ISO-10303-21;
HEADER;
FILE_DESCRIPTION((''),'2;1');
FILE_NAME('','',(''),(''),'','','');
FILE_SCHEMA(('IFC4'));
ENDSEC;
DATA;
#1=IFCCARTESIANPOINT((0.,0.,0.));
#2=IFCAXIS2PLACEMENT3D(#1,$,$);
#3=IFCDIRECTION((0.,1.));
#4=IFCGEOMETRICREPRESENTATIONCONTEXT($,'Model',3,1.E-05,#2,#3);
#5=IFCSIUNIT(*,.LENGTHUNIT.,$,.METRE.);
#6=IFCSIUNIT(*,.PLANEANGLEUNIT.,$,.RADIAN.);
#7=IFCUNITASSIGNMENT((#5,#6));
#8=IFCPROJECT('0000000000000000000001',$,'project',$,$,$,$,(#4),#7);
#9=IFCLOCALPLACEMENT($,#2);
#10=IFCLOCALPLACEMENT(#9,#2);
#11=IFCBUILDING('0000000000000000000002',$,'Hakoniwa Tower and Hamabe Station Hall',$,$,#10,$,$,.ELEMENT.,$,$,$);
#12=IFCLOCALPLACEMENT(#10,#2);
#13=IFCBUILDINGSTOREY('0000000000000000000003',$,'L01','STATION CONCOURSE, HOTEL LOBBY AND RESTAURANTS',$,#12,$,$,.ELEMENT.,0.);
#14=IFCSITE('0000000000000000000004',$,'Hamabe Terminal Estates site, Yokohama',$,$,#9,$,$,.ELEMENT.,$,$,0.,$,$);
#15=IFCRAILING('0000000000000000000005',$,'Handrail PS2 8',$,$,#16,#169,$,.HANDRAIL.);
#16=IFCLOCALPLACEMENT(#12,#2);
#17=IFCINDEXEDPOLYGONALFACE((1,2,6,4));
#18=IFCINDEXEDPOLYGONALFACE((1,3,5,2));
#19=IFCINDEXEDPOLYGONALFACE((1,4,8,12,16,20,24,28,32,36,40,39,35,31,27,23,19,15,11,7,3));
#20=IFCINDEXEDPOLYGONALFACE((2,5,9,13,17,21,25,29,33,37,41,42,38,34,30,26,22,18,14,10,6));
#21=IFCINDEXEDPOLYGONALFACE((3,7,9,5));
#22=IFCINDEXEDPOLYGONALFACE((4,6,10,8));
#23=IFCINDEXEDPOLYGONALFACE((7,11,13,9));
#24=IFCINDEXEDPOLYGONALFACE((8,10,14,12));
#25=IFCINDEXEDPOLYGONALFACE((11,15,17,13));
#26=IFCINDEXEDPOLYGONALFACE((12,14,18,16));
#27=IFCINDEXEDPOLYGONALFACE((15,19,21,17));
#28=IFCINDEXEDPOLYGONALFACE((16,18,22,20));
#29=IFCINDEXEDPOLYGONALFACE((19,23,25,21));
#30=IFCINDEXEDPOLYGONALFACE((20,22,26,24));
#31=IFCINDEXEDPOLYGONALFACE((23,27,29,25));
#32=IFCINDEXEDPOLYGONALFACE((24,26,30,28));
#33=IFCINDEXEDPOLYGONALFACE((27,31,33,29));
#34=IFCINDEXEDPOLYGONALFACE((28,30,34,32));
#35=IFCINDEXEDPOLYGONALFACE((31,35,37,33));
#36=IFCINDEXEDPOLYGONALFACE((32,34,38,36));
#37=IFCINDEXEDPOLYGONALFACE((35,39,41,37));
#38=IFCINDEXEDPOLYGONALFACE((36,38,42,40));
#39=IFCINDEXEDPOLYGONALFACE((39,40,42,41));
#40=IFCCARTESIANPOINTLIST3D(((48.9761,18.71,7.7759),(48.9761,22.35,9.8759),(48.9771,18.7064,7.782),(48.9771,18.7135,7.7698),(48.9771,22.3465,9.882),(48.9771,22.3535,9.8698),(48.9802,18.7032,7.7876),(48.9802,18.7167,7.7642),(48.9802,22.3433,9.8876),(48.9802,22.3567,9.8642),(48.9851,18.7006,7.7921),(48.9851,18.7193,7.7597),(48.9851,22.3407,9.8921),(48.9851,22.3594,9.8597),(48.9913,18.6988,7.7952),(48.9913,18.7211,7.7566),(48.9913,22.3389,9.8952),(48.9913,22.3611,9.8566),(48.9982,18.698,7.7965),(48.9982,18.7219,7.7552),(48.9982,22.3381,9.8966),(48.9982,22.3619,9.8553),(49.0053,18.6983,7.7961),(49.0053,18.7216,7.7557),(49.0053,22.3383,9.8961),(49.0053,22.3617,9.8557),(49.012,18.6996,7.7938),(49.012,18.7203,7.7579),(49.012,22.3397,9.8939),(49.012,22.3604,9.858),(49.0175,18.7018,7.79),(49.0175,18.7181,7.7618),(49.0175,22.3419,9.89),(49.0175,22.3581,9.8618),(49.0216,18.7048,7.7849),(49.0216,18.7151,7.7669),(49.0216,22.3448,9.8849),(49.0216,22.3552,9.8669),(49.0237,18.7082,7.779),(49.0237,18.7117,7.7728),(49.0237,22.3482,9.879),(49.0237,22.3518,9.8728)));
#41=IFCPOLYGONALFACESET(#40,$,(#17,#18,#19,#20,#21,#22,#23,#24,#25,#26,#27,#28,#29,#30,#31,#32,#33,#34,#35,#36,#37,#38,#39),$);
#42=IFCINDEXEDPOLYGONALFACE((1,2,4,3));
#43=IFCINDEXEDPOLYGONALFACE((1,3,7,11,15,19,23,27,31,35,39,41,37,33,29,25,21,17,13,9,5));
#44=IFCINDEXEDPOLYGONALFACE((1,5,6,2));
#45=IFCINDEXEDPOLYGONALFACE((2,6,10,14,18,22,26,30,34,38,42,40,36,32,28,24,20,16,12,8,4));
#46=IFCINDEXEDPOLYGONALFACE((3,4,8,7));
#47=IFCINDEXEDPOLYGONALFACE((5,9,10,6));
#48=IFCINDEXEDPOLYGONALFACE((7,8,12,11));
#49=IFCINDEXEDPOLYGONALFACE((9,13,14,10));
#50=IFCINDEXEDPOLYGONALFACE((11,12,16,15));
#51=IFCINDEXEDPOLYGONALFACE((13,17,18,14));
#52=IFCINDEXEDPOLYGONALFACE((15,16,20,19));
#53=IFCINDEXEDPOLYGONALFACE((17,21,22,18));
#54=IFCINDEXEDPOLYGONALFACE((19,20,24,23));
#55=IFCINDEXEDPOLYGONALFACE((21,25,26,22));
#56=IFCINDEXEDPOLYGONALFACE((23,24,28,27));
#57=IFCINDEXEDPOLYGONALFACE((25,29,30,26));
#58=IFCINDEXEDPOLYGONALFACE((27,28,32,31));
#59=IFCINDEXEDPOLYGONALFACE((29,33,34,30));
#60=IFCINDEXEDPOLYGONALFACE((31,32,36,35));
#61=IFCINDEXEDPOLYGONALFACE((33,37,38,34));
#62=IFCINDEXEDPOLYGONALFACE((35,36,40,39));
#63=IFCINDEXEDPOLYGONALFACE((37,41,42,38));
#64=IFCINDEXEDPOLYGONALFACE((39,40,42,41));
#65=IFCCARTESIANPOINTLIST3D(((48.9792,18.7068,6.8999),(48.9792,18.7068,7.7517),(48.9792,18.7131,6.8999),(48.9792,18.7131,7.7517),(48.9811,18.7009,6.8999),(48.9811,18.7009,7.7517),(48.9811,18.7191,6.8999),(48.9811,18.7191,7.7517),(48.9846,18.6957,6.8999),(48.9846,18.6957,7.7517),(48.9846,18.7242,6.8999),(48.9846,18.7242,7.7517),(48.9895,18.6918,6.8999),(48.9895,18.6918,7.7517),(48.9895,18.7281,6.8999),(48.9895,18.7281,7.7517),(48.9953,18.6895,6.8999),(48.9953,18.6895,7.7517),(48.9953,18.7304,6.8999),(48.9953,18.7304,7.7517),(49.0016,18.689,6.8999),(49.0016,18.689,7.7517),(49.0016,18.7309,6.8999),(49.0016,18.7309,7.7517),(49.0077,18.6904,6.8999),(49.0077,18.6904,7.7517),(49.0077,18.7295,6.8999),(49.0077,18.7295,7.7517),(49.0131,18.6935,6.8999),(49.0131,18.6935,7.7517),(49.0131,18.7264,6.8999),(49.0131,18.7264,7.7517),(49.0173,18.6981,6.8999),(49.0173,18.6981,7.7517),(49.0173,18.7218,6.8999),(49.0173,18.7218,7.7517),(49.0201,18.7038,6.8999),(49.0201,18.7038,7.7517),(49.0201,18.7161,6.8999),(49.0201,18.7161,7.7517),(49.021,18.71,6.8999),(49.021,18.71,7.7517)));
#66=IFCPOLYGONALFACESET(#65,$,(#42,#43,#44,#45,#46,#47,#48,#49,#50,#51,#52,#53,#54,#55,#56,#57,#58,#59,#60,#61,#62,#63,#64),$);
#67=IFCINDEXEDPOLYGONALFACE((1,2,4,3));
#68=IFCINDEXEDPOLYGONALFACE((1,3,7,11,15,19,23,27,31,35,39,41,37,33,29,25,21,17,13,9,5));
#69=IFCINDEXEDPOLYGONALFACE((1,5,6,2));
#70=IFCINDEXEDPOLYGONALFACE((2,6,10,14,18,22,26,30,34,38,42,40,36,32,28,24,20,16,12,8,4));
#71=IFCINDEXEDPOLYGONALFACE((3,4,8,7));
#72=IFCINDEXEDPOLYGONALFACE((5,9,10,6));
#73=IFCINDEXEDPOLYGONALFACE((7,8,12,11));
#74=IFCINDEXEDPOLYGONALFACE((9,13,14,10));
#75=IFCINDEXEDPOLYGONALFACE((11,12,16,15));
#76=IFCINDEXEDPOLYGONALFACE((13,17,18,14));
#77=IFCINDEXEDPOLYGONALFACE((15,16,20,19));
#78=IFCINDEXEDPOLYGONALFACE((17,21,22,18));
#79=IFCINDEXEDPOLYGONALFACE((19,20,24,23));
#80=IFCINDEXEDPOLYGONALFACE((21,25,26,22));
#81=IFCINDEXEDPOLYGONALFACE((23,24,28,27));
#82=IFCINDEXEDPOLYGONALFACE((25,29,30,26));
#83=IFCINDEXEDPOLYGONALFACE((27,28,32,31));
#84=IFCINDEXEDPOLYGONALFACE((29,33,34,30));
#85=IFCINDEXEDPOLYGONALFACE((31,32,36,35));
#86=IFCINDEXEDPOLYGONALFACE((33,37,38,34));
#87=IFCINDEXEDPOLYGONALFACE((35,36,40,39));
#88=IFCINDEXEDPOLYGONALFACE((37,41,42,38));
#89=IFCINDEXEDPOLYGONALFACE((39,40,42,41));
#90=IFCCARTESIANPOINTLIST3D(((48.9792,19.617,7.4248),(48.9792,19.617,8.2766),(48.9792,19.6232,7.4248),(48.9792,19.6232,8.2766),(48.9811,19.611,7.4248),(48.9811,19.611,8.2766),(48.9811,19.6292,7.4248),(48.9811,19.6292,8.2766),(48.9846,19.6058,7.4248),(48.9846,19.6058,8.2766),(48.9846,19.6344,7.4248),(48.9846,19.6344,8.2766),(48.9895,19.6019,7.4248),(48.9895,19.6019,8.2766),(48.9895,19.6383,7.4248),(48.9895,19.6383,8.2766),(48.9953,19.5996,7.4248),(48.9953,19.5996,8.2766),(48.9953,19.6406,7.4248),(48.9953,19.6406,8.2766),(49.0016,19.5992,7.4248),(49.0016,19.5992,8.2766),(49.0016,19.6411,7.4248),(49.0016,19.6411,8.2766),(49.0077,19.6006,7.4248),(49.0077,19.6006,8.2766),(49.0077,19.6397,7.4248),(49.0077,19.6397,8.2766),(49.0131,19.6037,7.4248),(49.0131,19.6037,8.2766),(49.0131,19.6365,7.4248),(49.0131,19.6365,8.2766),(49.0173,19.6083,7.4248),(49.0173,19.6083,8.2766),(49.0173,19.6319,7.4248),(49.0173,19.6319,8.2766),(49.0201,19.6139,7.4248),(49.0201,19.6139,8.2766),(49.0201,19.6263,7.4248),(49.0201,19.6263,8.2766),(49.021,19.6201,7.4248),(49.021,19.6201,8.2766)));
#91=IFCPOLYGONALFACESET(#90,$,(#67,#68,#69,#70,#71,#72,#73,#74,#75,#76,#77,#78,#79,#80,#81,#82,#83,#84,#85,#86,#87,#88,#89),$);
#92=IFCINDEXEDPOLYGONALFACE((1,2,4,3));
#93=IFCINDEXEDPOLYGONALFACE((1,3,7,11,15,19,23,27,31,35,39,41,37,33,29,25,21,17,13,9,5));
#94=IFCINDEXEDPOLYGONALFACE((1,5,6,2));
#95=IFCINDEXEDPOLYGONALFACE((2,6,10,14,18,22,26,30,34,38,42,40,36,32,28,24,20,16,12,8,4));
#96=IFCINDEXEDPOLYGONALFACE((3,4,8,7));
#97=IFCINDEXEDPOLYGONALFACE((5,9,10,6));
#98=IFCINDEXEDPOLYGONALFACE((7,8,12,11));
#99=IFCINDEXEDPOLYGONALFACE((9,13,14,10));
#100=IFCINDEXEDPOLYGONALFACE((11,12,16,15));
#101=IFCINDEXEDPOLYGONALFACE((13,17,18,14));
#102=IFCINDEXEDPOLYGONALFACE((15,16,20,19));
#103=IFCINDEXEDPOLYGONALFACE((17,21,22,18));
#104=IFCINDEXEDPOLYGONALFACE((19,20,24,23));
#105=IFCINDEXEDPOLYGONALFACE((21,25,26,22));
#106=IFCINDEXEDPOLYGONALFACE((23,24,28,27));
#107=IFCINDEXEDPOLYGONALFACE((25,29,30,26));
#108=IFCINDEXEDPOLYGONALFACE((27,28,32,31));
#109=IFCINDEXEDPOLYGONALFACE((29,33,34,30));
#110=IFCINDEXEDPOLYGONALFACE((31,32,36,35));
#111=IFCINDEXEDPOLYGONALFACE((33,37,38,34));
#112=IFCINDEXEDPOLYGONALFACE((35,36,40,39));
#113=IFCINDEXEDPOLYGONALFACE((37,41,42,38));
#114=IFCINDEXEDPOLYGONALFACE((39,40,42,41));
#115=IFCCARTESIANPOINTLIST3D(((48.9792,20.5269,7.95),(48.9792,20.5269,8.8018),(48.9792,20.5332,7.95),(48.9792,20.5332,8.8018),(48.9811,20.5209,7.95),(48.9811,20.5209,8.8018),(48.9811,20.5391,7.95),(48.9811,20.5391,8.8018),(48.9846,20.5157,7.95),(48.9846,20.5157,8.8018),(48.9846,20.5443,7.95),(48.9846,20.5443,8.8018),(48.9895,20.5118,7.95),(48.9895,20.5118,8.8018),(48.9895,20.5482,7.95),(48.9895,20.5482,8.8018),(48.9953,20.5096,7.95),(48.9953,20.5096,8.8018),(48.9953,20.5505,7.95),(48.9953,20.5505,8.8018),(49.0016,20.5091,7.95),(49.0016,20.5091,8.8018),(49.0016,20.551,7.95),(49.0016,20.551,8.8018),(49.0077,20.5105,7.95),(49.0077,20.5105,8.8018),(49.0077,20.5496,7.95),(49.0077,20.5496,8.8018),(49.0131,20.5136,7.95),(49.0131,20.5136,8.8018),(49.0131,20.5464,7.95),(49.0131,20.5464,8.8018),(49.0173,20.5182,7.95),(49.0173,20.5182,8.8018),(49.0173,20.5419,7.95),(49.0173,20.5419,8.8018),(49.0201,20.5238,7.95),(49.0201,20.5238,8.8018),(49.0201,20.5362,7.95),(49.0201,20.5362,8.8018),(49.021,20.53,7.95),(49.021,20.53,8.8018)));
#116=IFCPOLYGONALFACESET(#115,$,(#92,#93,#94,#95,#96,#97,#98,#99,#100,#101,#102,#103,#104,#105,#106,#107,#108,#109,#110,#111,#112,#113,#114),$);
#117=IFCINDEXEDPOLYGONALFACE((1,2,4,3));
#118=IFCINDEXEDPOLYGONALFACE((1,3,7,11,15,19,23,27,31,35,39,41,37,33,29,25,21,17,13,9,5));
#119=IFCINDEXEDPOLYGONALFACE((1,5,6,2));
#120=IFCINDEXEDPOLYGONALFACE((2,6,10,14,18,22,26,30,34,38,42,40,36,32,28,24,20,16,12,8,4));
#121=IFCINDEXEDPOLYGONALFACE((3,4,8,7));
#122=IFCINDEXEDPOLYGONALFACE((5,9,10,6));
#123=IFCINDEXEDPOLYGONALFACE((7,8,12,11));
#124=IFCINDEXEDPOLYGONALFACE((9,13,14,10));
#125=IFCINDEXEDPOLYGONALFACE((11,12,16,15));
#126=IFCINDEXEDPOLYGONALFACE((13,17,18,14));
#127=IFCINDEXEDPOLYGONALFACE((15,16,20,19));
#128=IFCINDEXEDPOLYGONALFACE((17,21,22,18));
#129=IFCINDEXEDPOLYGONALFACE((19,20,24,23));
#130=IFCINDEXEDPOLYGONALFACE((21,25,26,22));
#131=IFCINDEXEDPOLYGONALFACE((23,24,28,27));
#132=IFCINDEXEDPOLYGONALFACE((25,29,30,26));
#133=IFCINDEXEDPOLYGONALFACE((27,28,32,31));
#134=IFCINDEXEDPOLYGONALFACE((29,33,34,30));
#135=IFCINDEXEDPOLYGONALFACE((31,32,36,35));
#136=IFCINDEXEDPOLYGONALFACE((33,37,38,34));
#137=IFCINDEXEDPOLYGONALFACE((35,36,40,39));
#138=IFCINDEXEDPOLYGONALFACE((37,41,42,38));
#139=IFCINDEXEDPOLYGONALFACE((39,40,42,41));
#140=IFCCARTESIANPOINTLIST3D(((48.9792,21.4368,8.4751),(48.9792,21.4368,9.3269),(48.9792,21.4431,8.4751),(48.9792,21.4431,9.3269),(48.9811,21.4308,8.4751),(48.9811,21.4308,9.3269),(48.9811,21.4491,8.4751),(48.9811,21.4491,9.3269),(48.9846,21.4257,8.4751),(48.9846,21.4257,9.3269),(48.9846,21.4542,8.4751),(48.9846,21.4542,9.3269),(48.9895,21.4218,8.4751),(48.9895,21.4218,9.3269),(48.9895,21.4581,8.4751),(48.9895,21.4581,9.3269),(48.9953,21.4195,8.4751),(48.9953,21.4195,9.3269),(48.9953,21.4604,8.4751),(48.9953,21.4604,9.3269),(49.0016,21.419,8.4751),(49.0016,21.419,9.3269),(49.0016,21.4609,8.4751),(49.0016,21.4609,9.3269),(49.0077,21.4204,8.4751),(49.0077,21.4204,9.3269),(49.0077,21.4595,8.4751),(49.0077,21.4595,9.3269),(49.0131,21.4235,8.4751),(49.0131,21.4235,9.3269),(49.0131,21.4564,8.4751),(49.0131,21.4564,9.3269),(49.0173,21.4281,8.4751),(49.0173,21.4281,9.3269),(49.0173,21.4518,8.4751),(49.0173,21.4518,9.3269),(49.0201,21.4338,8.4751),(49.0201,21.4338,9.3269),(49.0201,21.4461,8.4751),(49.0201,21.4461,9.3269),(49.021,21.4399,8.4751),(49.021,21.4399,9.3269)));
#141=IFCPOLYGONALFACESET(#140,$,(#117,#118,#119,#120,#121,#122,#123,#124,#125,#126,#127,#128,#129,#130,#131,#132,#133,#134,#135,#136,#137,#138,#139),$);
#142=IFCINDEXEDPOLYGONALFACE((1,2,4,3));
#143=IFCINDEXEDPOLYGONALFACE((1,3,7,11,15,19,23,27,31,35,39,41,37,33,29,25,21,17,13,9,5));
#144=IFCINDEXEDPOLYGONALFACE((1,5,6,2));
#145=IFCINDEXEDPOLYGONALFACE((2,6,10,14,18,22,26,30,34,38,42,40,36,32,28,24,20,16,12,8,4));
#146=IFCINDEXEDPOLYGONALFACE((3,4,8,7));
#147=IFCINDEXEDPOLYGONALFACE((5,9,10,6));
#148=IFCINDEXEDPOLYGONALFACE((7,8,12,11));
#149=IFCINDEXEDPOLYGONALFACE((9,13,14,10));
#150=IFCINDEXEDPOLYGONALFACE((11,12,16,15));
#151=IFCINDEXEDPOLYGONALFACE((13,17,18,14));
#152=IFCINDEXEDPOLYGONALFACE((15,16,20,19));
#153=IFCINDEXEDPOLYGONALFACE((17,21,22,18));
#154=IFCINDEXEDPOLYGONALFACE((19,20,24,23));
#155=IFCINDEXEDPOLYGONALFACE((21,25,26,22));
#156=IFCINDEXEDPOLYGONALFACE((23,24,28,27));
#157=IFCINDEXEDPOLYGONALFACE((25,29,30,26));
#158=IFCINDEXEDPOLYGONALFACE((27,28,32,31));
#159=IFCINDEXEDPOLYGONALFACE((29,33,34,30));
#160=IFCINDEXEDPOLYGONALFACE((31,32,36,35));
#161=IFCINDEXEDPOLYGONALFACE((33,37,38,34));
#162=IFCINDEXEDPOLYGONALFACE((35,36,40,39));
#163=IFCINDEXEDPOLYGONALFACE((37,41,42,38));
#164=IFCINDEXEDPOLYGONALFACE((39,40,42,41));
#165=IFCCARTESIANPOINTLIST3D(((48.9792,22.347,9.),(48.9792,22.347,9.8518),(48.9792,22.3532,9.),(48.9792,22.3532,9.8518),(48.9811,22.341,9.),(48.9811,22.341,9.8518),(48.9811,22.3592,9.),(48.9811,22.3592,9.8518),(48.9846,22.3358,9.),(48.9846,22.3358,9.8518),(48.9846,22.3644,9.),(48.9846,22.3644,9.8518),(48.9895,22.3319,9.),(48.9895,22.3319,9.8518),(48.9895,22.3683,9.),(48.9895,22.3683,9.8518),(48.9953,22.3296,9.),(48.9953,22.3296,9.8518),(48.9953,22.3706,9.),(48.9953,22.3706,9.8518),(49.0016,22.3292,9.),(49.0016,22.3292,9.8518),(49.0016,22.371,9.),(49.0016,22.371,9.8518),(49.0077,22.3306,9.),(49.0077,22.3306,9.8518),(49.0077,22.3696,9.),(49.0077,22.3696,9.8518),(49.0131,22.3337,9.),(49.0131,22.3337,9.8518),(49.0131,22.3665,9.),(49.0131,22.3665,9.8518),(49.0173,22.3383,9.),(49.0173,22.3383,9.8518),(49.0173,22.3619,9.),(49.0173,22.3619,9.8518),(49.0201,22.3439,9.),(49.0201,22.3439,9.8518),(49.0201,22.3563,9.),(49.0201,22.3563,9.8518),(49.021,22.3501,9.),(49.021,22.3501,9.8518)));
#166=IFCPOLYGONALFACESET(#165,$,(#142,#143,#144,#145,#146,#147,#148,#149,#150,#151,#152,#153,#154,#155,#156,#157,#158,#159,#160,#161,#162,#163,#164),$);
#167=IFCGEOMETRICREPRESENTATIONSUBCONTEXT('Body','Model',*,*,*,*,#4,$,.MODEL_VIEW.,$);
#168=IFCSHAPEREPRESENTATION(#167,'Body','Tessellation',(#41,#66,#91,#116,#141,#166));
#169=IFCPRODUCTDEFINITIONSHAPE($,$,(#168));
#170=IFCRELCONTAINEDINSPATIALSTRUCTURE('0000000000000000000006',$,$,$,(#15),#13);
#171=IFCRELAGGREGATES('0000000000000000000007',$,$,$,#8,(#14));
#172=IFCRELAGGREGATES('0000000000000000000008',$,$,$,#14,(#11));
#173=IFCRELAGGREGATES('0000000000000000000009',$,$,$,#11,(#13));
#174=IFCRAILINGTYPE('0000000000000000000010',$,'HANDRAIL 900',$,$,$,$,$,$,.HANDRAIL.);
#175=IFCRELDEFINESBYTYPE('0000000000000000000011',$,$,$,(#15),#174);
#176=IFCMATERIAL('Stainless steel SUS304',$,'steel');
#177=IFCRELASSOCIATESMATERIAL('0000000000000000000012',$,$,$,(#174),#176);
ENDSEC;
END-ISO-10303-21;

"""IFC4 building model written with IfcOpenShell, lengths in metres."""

from ifc_helpers import new_model, si_unit, direction, frame, origin, origin_2d, place, context, subcontext, project, spatial, circle, extrude, material, type_object, element, save


model = new_model("IFC4")

# Units and contexts
model_context = context("Model", 3, precision=1e-05, world=origin(), true_north=direction((0.0, 1.0)))
body_context = subcontext(model_context, "Body", "Model", "MODEL_VIEW")
ifc_project = project(units=[si_unit("LENGTHUNIT", "METRE"), si_unit("PLANEANGLEUNIT", "RADIAN")], contexts=[model_context])

# Site, building, storey
site_placement = place(None, origin())
site = spatial("IfcSite", under=ifc_project, at=site_placement, Name="Hamabe Terminal Estates site, Yokohama", CompositionType="ELEMENT", RefElevation=0.0)
building_placement = place(site_placement, origin())
building = spatial("IfcBuilding", under=site, at=building_placement, Name="Hakoniwa Tower and Hamabe Station Hall", CompositionType="ELEMENT")
storey_placement = place(building_placement, origin())
storey = spatial("IfcBuildingStorey", under=building, at=storey_placement, Name="L01", Description="STATION CONCOURSE, HOTEL LOBBY AND RESTAURANTS", CompositionType="ELEMENT", Elevation=0.0)

# Railing
ifc_material_1 = material(Name="Stainless steel SUS304", Category="steel")
railing_type_1 = type_object("IfcRailingType", Name="HANDRAIL 900", PredefinedType="HANDRAIL", material=ifc_material_1)
for number, where, name in (
    (1, (49.0, 18.71, 6.8999), "Handrail PS2 8"),
):
    element("IfcRailing", number, at=place(storey_placement, frame(where)), inside=storey, type_object=railing_type_1, Name=name, PredefinedType="HANDRAIL", context=body_context, shape_type="SweptSolid", body=[
        extrude(circle(Radius=0.0239, at=origin_2d()), frame((0.0, 0.0, 0.876), z_axis=(0.0, 0.866184, 0.499726), x_axis=(-1.0, 0.0, 0.0)), (0.0, 0.0, 1.0), 4.2024),
        extrude(circle(Radius=0.021, at=origin_2d()), origin(), (0.0, 0.0, 1.0), 0.8518),
        extrude(circle(Radius=0.021, at=origin_2d()), frame((0.0, 0.9102, 0.5249)), (0.0, 0.0, 1.0), 0.8518),
        extrude(circle(Radius=0.021, at=origin_2d()), frame((0.0, 1.8201, 1.05)), (0.0, 0.0, 1.0), 0.8518),
        extrude(circle(Radius=0.021, at=origin_2d()), frame((0.0, 2.73, 1.5752)), (0.0, 0.0, 1.0), 0.8518),
        extrude(circle(Radius=0.021, at=origin_2d()), frame((0.0, 3.6401, 2.1001)), (0.0, 0.0, 1.0), 0.8518),
    ])

save(model, "model.ifc")
